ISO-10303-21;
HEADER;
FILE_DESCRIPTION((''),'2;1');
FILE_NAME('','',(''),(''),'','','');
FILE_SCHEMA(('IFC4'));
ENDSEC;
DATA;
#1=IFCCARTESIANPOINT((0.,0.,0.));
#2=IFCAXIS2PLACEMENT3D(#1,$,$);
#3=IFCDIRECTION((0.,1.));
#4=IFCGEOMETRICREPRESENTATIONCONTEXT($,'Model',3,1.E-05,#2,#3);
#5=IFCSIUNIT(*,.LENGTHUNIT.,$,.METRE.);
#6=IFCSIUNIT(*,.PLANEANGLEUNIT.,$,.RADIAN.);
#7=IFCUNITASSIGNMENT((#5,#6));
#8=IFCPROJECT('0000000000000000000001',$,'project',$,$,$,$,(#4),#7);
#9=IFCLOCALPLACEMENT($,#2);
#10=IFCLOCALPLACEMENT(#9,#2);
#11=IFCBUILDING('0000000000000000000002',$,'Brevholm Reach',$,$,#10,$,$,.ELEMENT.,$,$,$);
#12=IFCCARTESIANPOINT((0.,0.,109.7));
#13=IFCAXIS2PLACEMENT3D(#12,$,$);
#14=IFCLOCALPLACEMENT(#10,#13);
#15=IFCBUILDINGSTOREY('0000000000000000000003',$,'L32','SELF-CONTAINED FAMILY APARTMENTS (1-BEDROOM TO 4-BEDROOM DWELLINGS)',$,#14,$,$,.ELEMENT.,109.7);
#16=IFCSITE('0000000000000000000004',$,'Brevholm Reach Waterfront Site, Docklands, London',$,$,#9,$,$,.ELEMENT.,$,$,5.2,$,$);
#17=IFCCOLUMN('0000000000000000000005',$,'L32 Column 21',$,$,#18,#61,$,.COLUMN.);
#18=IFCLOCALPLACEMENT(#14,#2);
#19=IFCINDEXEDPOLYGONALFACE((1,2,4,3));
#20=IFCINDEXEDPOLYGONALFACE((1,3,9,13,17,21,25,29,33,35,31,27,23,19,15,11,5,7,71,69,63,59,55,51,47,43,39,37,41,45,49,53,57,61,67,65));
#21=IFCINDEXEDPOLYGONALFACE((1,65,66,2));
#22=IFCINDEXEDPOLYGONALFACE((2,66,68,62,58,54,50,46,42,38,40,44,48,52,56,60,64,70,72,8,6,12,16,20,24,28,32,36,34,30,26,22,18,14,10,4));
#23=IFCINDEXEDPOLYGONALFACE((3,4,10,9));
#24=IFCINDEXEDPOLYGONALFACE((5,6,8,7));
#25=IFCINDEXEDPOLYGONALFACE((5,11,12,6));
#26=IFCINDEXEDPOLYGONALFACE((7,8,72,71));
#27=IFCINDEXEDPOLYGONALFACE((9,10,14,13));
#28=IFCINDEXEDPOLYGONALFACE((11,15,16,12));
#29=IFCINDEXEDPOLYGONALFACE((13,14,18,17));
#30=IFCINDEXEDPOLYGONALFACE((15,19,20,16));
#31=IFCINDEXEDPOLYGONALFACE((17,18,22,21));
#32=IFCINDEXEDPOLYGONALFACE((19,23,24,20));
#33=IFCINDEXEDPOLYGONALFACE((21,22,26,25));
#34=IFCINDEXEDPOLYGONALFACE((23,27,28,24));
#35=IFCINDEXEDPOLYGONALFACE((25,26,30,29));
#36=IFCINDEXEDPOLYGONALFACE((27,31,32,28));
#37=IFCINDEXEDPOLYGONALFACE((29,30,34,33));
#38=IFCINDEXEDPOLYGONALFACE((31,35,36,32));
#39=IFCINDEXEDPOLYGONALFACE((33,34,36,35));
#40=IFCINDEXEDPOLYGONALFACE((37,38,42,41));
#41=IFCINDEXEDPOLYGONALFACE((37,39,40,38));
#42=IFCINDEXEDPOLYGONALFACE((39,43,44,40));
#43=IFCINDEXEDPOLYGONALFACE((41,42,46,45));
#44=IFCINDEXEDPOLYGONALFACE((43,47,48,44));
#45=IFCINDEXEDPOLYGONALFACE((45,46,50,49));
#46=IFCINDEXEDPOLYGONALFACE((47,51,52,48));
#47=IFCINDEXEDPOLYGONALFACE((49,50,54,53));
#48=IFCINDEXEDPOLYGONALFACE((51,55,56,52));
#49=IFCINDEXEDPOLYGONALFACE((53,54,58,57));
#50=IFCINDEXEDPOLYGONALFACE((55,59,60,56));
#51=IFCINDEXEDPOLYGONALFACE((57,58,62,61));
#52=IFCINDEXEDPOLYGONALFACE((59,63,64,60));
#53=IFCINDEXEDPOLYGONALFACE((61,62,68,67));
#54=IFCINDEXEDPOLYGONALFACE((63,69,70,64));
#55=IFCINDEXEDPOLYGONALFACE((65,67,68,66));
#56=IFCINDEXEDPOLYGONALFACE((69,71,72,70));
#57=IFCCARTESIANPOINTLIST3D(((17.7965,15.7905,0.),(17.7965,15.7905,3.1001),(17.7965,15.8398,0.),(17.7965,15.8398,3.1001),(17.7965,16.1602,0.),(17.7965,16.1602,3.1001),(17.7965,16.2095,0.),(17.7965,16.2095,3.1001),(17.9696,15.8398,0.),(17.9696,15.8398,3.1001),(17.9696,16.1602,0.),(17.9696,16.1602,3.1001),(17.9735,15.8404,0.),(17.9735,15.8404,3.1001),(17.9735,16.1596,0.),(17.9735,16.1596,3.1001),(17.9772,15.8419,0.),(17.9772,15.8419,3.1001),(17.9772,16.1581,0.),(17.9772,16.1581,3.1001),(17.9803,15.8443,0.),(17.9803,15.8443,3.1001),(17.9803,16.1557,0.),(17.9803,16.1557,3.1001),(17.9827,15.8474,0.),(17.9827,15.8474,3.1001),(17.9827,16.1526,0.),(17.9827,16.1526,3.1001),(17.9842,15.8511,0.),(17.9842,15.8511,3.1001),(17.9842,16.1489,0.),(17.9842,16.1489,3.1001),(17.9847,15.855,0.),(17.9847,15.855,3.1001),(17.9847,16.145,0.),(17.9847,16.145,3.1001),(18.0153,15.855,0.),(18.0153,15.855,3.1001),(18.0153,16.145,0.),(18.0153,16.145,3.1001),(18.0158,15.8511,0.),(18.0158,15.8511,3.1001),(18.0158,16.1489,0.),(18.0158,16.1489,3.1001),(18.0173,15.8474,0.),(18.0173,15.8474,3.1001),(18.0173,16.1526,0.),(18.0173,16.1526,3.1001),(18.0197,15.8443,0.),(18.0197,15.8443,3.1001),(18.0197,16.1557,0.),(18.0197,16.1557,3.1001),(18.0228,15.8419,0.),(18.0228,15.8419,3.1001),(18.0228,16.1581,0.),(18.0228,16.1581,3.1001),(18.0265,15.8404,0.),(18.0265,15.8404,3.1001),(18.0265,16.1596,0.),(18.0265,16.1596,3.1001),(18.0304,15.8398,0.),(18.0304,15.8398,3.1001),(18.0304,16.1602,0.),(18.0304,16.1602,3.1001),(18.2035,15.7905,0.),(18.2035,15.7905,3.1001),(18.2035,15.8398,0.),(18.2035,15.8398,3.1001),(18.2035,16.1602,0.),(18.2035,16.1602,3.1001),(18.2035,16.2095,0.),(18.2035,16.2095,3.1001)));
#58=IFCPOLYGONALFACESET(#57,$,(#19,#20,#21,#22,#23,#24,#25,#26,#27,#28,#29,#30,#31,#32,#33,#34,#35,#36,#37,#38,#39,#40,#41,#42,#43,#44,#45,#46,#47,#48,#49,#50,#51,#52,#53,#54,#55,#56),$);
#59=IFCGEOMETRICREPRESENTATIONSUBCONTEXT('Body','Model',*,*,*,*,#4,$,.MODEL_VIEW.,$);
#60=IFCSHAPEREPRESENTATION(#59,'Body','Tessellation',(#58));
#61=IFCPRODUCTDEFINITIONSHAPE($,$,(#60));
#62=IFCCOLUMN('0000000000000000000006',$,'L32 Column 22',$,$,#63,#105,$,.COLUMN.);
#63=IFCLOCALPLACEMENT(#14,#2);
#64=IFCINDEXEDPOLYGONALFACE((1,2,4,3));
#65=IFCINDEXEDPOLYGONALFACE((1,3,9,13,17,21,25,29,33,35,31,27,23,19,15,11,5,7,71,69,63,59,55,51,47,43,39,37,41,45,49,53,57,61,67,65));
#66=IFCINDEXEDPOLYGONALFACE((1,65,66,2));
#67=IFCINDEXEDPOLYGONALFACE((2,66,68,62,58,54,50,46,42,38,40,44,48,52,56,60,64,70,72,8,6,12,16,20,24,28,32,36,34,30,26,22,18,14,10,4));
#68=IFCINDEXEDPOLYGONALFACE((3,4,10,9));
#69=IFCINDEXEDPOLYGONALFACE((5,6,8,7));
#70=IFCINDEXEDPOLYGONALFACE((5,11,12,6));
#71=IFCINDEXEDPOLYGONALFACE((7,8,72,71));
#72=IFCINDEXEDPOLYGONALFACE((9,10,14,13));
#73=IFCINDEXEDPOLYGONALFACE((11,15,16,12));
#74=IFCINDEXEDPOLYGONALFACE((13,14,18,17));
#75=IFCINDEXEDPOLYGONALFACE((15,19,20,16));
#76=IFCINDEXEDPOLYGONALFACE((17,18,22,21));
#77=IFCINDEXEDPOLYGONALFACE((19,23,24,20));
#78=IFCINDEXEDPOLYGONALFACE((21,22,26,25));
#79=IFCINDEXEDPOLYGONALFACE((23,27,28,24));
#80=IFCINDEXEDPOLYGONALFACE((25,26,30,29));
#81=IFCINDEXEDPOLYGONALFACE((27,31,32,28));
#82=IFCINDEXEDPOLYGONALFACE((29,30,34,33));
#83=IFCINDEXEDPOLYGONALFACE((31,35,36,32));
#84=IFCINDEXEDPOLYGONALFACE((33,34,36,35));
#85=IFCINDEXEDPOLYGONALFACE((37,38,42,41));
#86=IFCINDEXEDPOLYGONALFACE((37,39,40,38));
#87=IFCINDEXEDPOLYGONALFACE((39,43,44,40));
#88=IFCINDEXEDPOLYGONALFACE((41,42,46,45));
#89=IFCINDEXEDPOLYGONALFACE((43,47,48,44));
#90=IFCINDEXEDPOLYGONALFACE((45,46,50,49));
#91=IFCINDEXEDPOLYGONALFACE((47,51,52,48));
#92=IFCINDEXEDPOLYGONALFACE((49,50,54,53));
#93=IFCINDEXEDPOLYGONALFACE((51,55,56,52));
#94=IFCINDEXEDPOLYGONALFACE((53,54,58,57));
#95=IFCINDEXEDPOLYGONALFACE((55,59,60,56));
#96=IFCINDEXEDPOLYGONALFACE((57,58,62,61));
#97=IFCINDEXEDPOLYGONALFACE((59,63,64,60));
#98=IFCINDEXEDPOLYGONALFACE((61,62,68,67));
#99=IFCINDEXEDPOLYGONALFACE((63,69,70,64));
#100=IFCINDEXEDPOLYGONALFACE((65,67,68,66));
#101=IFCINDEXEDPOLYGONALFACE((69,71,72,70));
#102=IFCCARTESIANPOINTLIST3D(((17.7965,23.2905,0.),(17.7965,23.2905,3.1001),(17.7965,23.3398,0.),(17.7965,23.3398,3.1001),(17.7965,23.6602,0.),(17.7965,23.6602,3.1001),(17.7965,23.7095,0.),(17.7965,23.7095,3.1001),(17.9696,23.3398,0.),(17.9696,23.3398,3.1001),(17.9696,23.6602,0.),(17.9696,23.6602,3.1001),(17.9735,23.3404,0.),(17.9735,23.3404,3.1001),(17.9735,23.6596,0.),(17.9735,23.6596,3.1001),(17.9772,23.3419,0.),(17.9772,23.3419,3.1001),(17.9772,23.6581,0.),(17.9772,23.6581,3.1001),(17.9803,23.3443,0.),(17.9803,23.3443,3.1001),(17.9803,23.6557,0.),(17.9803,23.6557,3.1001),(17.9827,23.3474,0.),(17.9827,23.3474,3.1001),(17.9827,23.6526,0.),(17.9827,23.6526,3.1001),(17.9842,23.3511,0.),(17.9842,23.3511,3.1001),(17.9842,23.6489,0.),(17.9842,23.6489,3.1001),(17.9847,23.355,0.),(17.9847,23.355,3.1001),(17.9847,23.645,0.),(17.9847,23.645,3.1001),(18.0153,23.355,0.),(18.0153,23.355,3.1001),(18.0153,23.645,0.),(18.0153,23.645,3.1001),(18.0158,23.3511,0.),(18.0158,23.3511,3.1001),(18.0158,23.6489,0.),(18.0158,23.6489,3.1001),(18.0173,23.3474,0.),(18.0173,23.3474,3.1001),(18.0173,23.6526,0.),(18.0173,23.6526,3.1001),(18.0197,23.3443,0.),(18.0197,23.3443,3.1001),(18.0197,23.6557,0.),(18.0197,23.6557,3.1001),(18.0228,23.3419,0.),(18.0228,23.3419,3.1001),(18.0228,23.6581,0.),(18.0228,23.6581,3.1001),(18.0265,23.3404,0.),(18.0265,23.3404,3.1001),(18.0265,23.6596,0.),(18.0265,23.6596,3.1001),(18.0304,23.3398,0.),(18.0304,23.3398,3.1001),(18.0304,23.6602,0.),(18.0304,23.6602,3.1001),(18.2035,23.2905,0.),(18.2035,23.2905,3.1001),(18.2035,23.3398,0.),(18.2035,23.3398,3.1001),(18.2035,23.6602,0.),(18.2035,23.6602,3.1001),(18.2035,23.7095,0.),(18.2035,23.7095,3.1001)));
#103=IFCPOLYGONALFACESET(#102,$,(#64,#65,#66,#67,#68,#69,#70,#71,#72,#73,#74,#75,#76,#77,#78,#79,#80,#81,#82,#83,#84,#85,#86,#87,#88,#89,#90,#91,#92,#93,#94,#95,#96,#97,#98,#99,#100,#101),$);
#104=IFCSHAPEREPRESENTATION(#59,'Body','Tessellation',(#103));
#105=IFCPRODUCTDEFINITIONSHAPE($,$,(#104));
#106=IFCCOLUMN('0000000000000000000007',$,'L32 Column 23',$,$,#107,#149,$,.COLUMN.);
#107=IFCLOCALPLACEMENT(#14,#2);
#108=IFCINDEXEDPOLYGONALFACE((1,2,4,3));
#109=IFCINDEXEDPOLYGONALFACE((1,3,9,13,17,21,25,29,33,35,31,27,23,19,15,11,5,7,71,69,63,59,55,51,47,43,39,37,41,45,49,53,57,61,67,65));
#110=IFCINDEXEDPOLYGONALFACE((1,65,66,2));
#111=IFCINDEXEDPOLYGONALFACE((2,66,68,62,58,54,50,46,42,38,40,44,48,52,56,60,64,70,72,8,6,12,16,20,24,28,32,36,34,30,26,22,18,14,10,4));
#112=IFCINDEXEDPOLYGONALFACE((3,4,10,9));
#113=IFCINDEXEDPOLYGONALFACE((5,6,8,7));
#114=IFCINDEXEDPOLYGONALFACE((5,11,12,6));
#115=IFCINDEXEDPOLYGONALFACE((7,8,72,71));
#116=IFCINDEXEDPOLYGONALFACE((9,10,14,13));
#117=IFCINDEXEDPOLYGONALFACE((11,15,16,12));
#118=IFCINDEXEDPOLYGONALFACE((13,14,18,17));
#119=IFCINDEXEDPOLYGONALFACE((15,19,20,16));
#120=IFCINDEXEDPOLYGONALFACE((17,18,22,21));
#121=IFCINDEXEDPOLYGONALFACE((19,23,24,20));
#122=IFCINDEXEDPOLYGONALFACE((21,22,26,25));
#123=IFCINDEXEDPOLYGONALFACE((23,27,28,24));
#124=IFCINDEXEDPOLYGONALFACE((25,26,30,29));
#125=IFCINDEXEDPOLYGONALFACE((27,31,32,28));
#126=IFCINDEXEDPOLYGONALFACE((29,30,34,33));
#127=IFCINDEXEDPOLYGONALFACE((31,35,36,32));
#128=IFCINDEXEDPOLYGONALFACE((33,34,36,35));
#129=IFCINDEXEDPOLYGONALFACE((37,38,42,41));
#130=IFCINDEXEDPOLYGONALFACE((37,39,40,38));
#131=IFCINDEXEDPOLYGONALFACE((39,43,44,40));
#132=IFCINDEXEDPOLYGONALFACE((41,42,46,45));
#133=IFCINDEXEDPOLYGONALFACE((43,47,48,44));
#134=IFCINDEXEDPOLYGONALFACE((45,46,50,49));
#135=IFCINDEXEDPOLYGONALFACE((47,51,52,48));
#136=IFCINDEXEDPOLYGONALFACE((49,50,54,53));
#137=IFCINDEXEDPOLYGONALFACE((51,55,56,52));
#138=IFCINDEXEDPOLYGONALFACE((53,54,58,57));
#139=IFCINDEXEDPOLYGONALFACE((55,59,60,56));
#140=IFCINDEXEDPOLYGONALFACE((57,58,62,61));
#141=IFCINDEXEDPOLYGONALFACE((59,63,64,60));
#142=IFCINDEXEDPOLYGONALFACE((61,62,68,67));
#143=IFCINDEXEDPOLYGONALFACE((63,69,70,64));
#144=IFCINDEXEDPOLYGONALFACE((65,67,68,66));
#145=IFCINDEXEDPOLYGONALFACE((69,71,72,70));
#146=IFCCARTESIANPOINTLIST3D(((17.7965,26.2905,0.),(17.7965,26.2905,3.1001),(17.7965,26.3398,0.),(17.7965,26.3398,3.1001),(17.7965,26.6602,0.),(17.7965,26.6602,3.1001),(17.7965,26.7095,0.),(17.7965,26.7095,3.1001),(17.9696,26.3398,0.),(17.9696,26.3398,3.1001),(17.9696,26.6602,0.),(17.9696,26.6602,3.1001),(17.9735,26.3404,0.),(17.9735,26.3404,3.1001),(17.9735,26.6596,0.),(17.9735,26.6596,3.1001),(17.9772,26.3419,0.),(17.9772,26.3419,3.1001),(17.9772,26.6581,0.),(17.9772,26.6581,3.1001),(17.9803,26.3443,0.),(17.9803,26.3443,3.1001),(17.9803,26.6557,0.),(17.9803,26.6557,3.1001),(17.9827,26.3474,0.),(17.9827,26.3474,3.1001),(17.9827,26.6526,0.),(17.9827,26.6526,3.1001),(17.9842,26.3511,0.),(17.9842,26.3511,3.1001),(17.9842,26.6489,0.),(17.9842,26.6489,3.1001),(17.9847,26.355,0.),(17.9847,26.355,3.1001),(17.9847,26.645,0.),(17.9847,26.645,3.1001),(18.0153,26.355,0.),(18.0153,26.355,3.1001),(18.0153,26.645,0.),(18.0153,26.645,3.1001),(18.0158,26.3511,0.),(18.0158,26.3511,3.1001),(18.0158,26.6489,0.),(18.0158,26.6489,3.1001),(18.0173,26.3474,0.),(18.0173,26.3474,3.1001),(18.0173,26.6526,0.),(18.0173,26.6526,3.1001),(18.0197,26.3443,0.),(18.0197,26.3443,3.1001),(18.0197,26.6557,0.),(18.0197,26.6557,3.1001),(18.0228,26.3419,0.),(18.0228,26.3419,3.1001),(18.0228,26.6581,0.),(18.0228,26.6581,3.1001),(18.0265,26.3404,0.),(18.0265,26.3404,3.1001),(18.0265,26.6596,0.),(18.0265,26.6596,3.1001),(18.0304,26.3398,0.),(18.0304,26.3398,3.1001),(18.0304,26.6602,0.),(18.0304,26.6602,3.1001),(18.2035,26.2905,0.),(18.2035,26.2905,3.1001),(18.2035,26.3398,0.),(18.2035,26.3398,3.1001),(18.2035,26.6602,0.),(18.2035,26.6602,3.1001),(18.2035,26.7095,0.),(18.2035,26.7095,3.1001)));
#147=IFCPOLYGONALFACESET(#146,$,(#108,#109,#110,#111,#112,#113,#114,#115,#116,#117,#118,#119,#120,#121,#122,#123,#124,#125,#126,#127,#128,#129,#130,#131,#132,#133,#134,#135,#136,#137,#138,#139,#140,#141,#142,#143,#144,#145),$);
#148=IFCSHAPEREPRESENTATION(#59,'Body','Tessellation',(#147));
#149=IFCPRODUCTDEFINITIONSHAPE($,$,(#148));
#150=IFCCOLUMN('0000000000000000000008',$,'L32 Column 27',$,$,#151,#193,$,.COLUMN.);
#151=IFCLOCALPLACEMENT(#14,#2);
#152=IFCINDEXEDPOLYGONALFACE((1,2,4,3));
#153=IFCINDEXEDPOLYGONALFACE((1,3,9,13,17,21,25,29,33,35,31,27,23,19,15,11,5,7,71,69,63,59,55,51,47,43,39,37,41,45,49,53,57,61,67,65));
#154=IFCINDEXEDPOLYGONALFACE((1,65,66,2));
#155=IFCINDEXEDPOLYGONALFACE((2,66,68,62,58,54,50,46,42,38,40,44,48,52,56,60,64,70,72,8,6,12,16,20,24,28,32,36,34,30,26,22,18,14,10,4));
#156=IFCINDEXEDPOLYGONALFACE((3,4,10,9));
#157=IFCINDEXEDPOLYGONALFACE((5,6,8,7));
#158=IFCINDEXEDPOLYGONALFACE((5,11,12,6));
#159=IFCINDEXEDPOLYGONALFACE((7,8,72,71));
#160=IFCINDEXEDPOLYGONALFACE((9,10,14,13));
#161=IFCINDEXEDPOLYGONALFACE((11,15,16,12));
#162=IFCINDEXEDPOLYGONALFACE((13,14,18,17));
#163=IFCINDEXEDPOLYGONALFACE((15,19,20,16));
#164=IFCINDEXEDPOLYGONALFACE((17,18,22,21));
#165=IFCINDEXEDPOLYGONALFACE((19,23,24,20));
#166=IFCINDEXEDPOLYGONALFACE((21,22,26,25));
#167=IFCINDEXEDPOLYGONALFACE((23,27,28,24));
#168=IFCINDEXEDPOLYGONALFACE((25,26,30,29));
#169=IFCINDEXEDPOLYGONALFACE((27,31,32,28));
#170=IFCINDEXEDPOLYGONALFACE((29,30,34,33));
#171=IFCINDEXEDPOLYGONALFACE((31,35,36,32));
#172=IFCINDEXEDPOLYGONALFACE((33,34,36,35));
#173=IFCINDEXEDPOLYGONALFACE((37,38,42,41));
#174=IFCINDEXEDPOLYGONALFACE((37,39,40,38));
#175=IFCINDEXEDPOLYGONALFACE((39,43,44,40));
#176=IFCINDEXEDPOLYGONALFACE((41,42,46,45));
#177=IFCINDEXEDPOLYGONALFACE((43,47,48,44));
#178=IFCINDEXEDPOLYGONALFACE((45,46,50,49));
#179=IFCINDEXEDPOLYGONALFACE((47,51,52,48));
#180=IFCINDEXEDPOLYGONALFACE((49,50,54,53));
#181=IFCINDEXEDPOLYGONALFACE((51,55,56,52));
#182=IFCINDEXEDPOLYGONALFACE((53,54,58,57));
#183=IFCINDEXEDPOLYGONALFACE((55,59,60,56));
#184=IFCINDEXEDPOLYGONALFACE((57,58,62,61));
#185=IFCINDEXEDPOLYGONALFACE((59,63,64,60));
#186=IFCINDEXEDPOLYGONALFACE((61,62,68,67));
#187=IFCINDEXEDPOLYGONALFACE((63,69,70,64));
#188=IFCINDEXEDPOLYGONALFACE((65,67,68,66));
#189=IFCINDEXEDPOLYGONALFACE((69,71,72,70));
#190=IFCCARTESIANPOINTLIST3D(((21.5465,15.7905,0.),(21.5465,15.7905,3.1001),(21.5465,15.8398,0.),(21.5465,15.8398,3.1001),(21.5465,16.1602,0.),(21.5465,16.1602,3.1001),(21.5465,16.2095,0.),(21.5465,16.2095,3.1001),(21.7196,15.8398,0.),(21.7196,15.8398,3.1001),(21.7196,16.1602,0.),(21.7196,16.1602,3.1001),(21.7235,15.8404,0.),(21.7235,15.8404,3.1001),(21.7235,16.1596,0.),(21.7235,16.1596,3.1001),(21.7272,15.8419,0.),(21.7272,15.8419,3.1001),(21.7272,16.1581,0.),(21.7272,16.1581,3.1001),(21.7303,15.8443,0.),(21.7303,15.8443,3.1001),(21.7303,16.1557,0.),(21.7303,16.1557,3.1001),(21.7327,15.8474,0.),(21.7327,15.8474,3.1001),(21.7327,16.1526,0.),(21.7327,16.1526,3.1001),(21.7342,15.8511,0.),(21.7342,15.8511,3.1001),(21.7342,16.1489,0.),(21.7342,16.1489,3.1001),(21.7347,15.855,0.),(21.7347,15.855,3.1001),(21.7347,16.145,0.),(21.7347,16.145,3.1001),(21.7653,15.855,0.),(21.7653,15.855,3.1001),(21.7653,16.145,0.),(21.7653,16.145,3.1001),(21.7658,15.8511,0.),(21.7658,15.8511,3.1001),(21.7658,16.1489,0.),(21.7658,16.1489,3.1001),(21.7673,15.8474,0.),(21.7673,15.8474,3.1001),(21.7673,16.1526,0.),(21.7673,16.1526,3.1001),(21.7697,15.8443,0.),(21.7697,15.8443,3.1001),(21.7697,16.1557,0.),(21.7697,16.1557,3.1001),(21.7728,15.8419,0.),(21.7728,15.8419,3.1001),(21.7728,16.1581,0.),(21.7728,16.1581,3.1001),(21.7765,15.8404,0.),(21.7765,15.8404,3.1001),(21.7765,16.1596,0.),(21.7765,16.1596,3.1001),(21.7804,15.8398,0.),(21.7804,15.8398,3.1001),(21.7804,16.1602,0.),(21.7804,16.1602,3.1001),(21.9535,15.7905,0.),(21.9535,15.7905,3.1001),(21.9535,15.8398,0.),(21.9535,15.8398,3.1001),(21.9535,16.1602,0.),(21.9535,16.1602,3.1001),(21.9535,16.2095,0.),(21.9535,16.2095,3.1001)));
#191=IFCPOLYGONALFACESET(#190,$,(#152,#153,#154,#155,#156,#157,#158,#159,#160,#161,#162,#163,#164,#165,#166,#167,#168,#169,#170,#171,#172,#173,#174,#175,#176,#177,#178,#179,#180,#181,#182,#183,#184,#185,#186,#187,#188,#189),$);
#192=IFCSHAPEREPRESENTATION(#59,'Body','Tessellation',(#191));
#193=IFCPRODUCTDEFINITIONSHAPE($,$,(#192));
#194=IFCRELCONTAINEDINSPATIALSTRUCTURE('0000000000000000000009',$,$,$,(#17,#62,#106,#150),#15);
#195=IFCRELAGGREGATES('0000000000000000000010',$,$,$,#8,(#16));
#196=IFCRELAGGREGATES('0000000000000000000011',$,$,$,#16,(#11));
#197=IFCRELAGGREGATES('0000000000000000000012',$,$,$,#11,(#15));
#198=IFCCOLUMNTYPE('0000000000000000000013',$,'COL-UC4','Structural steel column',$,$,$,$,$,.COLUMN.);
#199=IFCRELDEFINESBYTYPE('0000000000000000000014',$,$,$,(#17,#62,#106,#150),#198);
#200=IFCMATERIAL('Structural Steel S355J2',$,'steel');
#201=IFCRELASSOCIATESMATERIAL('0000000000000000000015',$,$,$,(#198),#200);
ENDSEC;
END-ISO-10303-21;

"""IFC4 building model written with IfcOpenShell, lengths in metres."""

from ifc_helpers import new_model, si_unit, direction, frame, origin, origin_2d, place, context, subcontext, project, spatial, i_section, extrude, material, material_profile, profile_set, type_object, element, save


model = new_model("IFC4")

# Units and contexts
model_context = context("Model", 3, precision=1e-05, world=origin(), true_north=direction((0.0, 1.0)))
body_context = subcontext(model_context, "Body", "Model", "MODEL_VIEW")
ifc_project = project(units=[si_unit("LENGTHUNIT", "METRE"), si_unit("PLANEANGLEUNIT", "RADIAN")], contexts=[model_context])

# Site, building, storey
site_placement = place(None, origin())
site = spatial("IfcSite", under=ifc_project, at=site_placement, Name="Brevholm Reach Waterfront Site, Docklands, London", CompositionType="ELEMENT", RefElevation=5.2)
building_placement = place(site_placement, origin())
building = spatial("IfcBuilding", under=site, at=building_placement, Name="Brevholm Reach", CompositionType="ELEMENT")
storey_placement = place(building_placement, frame((0.0, 0.0, 109.7)))
storey = spatial("IfcBuildingStorey", under=building, at=storey_placement, Name="L32", Description="SELF-CONTAINED FAMILY APARTMENTS (1-BEDROOM TO 4-BEDROOM DWELLINGS)", CompositionType="ELEMENT", Elevation=109.7)

# Columns
ifc_material_1 = material(Name="Structural Steel S355J2", Category="steel")
ifc_material_profile_1 = material_profile(ifc_material_1, i_section(OverallWidth=0.407, OverallDepth=0.4189, WebThickness=0.0305, FlangeThickness=0.0493, FilletRadius=0.0151, at=origin_2d()), Name="UKC 356x406x393")
ifc_profile_set_1 = profile_set([ifc_material_profile_1], Name="Structural Steel S355J2")
column_type = type_object("IfcColumnType", Name="COL-UC4", Description="Structural steel column", PredefinedType="COLUMN", material=ifc_profile_set_1)
for number, where, z_axis, x_axis, name in (
    (1, (18.0, 16.0, 0.0), (0.0, 0.0, 1.0), (1.0, 0.0, 0.0), "L32 Column 21"),
    (2, (18.0, 23.5, 0.0), (0.0, 0.0, 1.0), (1.0, 0.0, 0.0), "L32 Column 22"),
    (3, (18.0, 26.5, 0.0), (0.0, 0.0, 1.0), (1.0, 0.0, 0.0), "L32 Column 23"),
    (4, (21.75, 16.0, 0.0), (0.0, 0.0, 1.0), (1.0, 0.0, 0.0), "L32 Column 27"),
):
    element("IfcColumn", number, at=place(storey_placement, frame(where, z_axis=z_axis, x_axis=x_axis)), inside=storey, type_object=column_type, Name=name, PredefinedType="COLUMN", context=body_context, shape_type="SweptSolid", body=[
        extrude(i_section(OverallWidth=0.407, OverallDepth=0.4189, WebThickness=0.0305, FlangeThickness=0.0493, FilletRadius=0.0151, at=origin_2d()), origin(), (0.0, 0.0, 1.0), 3.1001),
    ])

save(model, "model.ifc")
